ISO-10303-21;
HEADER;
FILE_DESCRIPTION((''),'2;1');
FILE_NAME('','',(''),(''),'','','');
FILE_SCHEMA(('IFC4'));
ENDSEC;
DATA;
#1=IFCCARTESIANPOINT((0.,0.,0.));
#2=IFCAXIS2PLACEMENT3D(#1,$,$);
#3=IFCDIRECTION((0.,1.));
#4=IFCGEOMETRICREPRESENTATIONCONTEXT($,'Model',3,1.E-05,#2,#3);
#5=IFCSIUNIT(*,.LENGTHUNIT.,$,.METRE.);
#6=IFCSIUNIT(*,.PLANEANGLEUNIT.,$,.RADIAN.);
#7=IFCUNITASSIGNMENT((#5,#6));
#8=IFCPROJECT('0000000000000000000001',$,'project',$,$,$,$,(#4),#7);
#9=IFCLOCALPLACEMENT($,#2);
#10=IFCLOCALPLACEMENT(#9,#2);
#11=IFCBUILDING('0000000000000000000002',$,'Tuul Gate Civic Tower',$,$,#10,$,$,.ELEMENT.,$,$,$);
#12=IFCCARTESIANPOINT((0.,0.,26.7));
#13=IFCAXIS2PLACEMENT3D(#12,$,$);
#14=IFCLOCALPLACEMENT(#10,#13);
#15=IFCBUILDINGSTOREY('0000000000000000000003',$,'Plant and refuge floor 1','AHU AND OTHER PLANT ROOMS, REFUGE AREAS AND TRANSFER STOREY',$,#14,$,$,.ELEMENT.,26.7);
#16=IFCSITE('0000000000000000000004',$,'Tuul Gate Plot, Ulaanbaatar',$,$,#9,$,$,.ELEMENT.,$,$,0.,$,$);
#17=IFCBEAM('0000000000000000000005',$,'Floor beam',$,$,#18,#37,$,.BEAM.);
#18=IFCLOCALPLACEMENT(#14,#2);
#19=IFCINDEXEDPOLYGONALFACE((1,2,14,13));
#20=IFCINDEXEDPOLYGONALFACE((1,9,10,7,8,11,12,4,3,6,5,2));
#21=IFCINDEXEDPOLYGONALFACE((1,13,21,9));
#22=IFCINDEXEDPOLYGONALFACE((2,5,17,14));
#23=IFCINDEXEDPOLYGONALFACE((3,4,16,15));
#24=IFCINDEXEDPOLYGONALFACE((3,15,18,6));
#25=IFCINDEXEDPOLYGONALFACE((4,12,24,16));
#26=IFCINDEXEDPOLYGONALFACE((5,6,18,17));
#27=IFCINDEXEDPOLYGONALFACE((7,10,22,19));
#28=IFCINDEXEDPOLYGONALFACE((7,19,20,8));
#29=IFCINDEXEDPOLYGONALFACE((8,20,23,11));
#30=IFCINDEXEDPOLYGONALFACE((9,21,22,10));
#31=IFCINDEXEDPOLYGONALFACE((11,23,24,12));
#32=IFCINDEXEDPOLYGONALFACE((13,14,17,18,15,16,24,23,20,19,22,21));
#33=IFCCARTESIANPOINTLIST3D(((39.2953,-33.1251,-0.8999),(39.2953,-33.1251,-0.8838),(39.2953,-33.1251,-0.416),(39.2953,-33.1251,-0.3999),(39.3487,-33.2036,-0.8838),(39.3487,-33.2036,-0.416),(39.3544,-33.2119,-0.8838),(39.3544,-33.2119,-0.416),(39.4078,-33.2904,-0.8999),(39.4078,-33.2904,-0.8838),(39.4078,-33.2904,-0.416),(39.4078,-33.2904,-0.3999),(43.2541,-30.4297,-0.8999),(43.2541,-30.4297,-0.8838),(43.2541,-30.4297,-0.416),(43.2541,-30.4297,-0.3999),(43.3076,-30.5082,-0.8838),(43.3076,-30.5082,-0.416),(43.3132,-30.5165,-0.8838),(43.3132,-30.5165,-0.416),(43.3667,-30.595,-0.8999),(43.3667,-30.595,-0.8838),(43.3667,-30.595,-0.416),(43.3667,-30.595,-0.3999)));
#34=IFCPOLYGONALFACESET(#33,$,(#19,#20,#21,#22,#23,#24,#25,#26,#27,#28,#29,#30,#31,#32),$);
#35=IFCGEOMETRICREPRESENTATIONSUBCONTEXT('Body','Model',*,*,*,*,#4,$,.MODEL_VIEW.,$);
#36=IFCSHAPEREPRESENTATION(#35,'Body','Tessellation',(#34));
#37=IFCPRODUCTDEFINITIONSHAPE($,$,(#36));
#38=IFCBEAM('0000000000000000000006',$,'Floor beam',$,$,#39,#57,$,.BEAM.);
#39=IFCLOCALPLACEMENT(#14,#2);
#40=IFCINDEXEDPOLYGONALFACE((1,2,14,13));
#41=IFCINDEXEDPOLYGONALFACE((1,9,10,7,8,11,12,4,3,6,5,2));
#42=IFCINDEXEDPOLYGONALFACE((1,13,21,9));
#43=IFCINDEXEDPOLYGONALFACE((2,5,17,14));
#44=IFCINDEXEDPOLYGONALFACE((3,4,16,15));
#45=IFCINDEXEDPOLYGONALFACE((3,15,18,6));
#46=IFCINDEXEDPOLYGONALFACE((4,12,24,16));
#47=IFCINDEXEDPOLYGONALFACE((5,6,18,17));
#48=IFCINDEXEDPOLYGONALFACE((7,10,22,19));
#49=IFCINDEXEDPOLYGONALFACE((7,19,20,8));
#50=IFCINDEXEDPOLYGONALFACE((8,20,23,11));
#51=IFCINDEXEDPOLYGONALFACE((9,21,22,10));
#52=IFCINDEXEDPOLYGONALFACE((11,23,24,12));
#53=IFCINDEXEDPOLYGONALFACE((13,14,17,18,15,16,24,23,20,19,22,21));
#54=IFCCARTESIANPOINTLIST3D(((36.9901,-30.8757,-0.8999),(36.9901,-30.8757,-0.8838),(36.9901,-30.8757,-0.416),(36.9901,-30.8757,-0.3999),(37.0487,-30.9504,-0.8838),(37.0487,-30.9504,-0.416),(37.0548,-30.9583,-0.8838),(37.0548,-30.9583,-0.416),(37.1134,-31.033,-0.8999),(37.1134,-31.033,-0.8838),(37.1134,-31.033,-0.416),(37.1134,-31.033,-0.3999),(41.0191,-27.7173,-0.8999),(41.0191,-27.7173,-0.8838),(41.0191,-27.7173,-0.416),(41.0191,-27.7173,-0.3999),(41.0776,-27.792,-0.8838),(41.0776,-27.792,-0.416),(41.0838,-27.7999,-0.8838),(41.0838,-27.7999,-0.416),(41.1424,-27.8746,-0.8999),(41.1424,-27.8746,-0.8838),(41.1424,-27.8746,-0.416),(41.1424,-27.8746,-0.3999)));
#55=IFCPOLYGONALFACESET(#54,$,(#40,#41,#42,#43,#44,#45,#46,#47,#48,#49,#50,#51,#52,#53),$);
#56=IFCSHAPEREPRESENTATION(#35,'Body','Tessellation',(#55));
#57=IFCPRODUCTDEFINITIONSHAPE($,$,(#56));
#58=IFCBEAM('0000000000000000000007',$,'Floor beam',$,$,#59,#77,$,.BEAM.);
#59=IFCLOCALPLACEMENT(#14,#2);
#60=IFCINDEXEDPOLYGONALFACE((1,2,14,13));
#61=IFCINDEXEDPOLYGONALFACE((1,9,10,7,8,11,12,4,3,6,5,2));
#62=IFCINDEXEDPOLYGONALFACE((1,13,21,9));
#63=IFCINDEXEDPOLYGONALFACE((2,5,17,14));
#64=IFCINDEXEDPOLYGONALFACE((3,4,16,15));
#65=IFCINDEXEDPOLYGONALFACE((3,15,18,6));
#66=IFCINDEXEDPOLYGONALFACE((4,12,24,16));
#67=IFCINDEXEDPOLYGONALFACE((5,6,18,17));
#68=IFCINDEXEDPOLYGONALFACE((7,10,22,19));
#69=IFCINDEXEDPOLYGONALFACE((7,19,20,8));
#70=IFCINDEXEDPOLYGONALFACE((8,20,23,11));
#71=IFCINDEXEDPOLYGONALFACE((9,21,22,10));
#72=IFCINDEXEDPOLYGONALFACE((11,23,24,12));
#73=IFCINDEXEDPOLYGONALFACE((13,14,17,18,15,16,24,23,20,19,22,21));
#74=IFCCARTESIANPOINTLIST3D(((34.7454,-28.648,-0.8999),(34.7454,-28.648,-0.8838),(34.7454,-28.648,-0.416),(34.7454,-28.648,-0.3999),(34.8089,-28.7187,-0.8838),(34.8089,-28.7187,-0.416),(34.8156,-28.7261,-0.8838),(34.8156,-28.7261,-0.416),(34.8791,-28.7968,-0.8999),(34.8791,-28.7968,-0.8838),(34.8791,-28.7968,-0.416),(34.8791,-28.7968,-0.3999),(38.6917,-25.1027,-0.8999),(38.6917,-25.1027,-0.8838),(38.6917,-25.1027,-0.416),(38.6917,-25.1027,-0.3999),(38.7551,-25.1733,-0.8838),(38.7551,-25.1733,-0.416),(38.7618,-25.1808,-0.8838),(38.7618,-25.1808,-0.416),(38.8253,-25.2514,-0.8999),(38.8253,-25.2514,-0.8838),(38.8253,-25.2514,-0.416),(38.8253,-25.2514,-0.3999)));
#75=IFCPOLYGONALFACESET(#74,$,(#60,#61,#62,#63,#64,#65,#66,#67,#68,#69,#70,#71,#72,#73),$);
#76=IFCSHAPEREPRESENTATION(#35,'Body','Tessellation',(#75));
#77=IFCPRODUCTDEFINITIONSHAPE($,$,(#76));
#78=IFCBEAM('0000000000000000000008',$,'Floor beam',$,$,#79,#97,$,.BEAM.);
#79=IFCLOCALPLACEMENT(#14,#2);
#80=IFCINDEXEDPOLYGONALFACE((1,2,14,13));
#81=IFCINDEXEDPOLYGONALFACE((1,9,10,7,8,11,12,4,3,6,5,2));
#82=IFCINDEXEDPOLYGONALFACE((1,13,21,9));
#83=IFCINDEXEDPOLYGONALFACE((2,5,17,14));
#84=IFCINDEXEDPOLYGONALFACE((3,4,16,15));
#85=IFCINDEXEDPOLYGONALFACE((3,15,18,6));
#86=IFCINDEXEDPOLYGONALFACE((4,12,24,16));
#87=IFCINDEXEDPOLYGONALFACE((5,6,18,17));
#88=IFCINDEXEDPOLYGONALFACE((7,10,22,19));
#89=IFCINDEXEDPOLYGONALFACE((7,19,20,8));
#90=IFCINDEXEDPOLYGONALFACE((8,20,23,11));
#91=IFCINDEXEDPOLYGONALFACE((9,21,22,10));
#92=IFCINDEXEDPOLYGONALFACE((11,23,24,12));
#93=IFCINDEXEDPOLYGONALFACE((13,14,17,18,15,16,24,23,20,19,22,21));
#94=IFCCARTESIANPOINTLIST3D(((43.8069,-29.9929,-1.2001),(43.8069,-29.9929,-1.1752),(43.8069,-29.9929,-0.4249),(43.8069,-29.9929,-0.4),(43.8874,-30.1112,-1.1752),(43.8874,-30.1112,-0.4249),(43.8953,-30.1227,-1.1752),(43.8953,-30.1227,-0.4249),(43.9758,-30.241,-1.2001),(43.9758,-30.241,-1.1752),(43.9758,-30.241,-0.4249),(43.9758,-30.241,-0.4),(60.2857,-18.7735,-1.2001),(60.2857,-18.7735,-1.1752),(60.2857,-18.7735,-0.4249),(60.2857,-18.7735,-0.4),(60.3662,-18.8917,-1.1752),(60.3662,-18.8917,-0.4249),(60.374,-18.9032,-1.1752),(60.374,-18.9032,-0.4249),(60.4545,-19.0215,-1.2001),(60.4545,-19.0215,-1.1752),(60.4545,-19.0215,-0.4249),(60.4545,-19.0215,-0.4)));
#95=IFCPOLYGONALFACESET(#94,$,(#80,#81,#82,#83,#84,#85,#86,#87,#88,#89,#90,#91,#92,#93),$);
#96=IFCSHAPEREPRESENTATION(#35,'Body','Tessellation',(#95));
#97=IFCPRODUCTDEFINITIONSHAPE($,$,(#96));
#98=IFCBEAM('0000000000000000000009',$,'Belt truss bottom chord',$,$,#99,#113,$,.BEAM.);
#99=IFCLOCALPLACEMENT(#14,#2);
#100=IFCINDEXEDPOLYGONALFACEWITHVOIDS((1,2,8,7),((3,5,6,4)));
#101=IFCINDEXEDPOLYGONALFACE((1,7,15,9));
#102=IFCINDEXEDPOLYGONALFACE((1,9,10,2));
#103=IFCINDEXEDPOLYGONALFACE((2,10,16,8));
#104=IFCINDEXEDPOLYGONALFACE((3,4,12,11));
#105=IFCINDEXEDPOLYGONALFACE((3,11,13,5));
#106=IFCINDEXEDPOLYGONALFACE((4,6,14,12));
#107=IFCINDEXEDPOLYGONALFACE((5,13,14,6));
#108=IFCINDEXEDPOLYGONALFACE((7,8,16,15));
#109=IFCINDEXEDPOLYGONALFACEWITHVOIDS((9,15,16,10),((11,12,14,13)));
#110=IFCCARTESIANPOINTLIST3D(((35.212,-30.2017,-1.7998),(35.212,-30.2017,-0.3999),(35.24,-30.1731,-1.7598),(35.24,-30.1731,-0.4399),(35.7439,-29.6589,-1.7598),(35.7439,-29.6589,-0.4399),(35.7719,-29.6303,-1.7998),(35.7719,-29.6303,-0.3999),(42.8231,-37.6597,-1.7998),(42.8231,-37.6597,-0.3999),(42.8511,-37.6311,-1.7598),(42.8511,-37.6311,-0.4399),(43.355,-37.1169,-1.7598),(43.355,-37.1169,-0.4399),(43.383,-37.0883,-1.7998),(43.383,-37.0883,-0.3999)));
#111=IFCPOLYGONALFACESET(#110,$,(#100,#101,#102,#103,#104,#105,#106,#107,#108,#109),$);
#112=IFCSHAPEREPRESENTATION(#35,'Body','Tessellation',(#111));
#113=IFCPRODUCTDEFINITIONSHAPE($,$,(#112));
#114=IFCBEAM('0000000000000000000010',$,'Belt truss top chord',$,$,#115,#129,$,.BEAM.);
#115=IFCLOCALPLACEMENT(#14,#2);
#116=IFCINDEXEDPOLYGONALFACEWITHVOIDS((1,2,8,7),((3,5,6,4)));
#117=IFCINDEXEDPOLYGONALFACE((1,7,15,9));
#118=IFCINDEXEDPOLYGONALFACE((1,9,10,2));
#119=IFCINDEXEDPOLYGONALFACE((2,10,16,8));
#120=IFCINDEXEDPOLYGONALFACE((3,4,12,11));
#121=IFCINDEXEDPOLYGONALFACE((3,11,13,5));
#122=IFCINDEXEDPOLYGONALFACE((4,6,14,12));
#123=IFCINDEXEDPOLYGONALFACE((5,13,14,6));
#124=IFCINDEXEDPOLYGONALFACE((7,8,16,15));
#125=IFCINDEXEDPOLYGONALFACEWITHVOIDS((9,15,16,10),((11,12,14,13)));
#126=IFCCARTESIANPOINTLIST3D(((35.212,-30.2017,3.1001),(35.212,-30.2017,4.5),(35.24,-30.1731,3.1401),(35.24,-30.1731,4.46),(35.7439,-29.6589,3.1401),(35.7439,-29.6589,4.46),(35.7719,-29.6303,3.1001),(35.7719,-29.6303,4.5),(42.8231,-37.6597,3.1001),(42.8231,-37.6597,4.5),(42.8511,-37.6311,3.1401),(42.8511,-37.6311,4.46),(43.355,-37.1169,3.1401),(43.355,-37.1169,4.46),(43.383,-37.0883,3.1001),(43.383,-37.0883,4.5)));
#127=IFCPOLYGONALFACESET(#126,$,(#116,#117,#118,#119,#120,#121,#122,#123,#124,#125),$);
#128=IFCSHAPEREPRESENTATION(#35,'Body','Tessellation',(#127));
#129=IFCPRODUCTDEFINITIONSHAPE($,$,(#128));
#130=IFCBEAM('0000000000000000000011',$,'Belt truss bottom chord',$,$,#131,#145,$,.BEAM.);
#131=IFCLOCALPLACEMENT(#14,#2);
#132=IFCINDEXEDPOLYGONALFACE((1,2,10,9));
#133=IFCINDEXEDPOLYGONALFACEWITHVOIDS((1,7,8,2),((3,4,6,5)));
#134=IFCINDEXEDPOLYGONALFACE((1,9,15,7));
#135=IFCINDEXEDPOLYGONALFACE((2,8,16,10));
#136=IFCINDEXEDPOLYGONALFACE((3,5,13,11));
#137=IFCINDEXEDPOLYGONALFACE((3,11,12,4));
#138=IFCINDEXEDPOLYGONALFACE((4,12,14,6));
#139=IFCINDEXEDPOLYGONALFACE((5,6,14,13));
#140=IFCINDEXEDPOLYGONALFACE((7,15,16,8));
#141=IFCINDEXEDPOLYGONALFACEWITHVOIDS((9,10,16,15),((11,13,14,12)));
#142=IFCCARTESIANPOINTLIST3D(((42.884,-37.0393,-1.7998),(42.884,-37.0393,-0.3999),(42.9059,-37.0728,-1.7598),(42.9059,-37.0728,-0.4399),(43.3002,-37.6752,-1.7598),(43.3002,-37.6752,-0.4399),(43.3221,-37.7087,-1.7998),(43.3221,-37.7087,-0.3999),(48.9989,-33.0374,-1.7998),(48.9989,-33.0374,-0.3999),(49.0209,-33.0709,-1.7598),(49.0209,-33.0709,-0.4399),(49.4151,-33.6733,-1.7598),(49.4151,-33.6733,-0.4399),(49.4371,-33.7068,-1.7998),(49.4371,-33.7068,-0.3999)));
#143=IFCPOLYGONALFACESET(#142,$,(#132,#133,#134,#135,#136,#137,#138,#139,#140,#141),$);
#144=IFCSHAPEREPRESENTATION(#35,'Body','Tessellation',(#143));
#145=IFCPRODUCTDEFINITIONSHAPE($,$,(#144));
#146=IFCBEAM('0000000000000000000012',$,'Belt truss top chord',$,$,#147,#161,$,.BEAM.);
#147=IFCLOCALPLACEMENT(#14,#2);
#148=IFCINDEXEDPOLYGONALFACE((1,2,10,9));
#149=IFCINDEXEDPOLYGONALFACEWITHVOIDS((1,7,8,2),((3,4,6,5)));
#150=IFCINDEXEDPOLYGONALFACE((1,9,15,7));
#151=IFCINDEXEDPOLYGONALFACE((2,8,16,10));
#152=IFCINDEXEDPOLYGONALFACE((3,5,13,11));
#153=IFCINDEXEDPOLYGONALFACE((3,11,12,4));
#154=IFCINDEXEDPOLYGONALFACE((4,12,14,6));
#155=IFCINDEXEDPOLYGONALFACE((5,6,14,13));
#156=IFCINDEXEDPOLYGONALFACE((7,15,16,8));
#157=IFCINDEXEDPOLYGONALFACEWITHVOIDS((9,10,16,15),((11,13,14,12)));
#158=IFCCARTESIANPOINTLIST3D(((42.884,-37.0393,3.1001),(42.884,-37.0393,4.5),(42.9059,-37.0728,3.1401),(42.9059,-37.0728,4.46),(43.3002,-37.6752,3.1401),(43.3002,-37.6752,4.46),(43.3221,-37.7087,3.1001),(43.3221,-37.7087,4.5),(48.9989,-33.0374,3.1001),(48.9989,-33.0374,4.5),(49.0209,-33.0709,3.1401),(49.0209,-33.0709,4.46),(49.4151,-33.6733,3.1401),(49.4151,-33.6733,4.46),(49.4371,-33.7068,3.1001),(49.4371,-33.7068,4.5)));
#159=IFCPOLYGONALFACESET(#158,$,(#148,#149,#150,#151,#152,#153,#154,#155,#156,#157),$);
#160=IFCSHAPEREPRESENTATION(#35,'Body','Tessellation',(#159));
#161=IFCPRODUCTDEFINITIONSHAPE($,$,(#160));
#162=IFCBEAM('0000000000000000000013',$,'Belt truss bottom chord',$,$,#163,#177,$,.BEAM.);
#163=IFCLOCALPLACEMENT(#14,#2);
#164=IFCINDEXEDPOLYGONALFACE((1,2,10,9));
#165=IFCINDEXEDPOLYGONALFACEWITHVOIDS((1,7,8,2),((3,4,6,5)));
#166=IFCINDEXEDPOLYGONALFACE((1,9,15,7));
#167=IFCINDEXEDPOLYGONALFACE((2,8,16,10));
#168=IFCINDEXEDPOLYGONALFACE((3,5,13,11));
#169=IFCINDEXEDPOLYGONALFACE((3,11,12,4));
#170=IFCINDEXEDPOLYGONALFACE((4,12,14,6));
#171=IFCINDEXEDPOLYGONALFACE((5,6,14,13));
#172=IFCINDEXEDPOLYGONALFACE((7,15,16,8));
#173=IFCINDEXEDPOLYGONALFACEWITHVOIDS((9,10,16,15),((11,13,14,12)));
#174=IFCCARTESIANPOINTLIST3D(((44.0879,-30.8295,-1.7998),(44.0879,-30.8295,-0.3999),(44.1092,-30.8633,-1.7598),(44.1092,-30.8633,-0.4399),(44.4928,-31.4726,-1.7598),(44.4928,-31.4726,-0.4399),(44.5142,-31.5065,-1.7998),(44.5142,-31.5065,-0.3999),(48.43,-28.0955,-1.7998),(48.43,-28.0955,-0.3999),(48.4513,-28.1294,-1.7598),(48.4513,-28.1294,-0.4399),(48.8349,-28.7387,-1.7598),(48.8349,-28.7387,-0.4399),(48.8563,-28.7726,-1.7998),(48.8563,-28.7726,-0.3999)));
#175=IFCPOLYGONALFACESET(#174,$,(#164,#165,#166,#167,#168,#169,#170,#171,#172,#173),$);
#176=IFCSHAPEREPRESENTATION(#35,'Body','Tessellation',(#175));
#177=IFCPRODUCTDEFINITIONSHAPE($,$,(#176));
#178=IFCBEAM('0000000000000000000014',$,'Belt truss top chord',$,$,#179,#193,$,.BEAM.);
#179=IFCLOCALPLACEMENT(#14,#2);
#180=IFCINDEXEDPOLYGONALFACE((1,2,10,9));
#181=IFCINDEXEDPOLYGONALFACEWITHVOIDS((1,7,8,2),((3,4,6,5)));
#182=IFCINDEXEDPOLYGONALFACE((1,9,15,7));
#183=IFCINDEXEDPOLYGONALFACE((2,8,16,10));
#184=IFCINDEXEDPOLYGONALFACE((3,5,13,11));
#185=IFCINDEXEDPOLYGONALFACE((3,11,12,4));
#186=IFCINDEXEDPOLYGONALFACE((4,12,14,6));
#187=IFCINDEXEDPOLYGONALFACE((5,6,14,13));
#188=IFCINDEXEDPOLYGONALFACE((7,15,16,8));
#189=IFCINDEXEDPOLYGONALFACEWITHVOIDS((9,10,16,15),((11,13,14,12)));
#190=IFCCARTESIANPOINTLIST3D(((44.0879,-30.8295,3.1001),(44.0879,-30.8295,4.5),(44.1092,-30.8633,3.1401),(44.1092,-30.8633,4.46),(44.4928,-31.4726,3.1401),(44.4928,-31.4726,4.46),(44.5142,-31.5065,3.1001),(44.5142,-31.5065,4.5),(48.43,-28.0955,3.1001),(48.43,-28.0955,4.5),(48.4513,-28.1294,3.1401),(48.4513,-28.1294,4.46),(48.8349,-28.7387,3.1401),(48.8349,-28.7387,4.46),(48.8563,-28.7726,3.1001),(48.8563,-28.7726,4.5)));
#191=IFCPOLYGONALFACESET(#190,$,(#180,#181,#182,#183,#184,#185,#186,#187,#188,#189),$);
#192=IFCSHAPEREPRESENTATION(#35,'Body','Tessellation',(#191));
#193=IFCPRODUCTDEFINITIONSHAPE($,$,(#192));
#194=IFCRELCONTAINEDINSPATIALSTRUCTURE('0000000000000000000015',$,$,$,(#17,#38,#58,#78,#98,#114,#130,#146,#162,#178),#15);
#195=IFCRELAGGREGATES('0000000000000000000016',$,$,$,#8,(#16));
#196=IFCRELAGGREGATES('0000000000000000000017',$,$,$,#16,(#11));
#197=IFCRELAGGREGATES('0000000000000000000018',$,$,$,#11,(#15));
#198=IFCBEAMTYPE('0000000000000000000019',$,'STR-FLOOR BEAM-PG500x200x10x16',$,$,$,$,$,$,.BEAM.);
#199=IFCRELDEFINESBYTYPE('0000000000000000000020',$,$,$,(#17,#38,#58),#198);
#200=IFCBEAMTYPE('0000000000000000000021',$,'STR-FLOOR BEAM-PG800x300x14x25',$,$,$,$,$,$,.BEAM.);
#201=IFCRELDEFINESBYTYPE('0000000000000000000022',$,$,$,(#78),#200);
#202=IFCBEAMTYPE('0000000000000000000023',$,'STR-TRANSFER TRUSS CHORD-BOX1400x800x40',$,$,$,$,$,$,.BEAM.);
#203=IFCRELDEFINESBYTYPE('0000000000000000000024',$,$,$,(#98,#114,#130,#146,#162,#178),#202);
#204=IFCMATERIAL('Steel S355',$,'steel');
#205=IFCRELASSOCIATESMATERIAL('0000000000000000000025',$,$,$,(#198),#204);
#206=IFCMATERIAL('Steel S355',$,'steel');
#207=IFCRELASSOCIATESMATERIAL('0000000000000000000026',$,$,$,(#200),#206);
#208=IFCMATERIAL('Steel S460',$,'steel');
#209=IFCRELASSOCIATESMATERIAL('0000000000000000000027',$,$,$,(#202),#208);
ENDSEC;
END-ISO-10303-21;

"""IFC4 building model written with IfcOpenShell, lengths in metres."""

from ifc_helpers import new_model, si_unit, direction, frame, origin, origin_2d, place, context, subcontext, project, spatial, hollow_rectangle, i_section, extrude, material, material_profile, profile_set, type_object, element, save


model = new_model("IFC4")

# Units and contexts
model_context = context("Model", 3, precision=1e-05, world=origin(), true_north=direction((0.0, 1.0)))
body_context = subcontext(model_context, "Body", "Model", "MODEL_VIEW")
ifc_project = project(units=[si_unit("LENGTHUNIT", "METRE"), si_unit("PLANEANGLEUNIT", "RADIAN")], contexts=[model_context])

# Site, building, storey
site_placement = place(None, origin())
site = spatial("IfcSite", under=ifc_project, at=site_placement, Name="Tuul Gate Plot, Ulaanbaatar", CompositionType="ELEMENT", RefElevation=0.0)
building_placement = place(site_placement, origin())
building = spatial("IfcBuilding", under=site, at=building_placement, Name="Tuul Gate Civic Tower", CompositionType="ELEMENT")
storey_placement = place(building_placement, frame((0.0, 0.0, 26.7)))
storey = spatial("IfcBuildingStorey", under=building, at=storey_placement, Name="Plant and refuge floor 1", Description="AHU AND OTHER PLANT ROOMS, REFUGE AREAS AND TRANSFER STOREY", CompositionType="ELEMENT", Elevation=26.7)

# Beams
ifc_material_1 = material(Name="Steel S355", Category="steel")
ifc_material_profile_1 = material_profile(ifc_material_1, i_section(OverallWidth=0.2, OverallDepth=0.5, WebThickness=0.01, FlangeThickness=0.0161, at=origin_2d()), Name="PG500x200x10x16")
ifc_profile_set_1 = profile_set([ifc_material_profile_1], Name="Steel S355")
beam_type_1 = type_object("IfcBeamType", Name="STR-FLOOR BEAM-PG500x200x10x16", PredefinedType="BEAM", material=ifc_profile_set_1)
beam_1_placement = place(storey_placement, frame((39.3516, -33.2078, -0.6499), z_axis=(0.826599, 0.562791, 0.0), x_axis=(-0.562791, 0.826599, 0.0)))
element("IfcBeam", 1, at=beam_1_placement, inside=storey, type_object=beam_type_1, Name="Floor beam", PredefinedType="BEAM", context=body_context, shape_type="SweptSolid", body=[
    extrude(i_section(OverallWidth=0.2, OverallDepth=0.5, WebThickness=0.01, FlangeThickness=0.0161, at=origin_2d()), origin(), (0.0, 0.0, 1.0), 4.7893),
])
beam_2_placement = place(storey_placement, frame((37.0518, -30.9543, -0.6499), z_axis=(0.787005, 0.616947, 0.0), x_axis=(-0.616947, 0.787005, 0.0)))
element("IfcBeam", 2, at=beam_2_placement, inside=storey, type_object=beam_type_1, Name="Floor beam", PredefinedType="BEAM", context=body_context, shape_type="SweptSolid", body=[
    extrude(i_section(OverallWidth=0.2, OverallDepth=0.5, WebThickness=0.01, FlangeThickness=0.0161, at=origin_2d()), origin(), (0.0, 0.0, 1.0), 5.1194),
])
beam_3_placement = place(storey_placement, frame((34.8123, -28.7224, -0.6499), z_axis=(0.74388, 0.668314, 0.0), x_axis=(-0.668314, 0.74388, 0.0)))
element("IfcBeam", 3, at=beam_3_placement, inside=storey, type_object=beam_type_1, Name="Floor beam", PredefinedType="BEAM", context=body_context, shape_type="SweptSolid", body=[
    extrude(i_section(OverallWidth=0.2, OverallDepth=0.5, WebThickness=0.01, FlangeThickness=0.0161, at=origin_2d()), origin(), (0.0, 0.0, 1.0), 5.3049),
])
ifc_material_2 = material(Name="Steel S355", Category="steel")
ifc_material_profile_2 = material_profile(ifc_material_2, i_section(OverallWidth=0.3, OverallDepth=0.8, WebThickness=0.0139, FlangeThickness=0.0249, at=origin_2d()), Name="PG800x300x14x25")
ifc_profile_set_2 = profile_set([ifc_material_profile_2], Name="Steel S355")
beam_type_2 = type_object("IfcBeamType", Name="STR-FLOOR BEAM-PG800x300x14x25", PredefinedType="BEAM", material=ifc_profile_set_2)
beam_4_placement = place(storey_placement, frame((43.8914, -30.1169, -0.8), z_axis=(0.826602, 0.562788, 0.0), x_axis=(-0.562788, 0.826602, 0.0)))
element("IfcBeam", 4, at=beam_4_placement, inside=storey, type_object=beam_type_2, Name="Floor beam", PredefinedType="BEAM", context=body_context, shape_type="SweptSolid", body=[
    extrude(i_section(OverallWidth=0.3, OverallDepth=0.8, WebThickness=0.0139, FlangeThickness=0.0249, at=origin_2d()), origin(), (0.0, 0.0, 1.0), 19.9355),
])
ifc_material_3 = material(Name="Steel S460", Category="steel")
ifc_material_profile_3 = material_profile(ifc_material_3, hollow_rectangle(XDim=0.8, YDim=1.3999, WallThickness=0.04, at=origin_2d()), Name="BOX1400x800x40")
ifc_profile_set_3 = profile_set([ifc_material_profile_3], Name="Steel S460")
beam_type_3 = type_object("IfcBeamType", Name="STR-TRANSFER TRUSS CHORD-BOX1400x800x40", PredefinedType="BEAM", material=ifc_profile_set_3)
for number, where, z_axis, x_axis, name in (
    (5, (35.4919, -29.916, -1.0999), (0.714253, -0.699888, 0.0), (0.699888, 0.714253, 0.0), "Belt truss bottom chord"),
    (6, (35.4919, -29.916, 3.8), (0.714253, -0.699888, 0.0), (0.699888, 0.714253, 0.0), "Belt truss top chord"),
):
    element("IfcBeam", number, at=place(storey_placement, frame(where, z_axis=z_axis, x_axis=x_axis)), inside=storey, type_object=beam_type_3, Name=name, PredefinedType="BEAM", context=body_context, shape_type="SweptSolid", body=[
        extrude(hollow_rectangle(XDim=0.8, YDim=1.3999, WallThickness=0.04, at=origin_2d()), origin(), (0.0, 0.0, 1.0), 10.656),
    ])
for number, where, z_axis, x_axis, name in (
    (7, (43.103, -37.374, -1.0999), (0.836738, 0.547603, 0.0), (-0.547603, 0.836738, 0.0), "Belt truss bottom chord"),
    (8, (43.103, -37.374, 3.8), (0.836738, 0.547603, 0.0), (-0.547603, 0.836738, 0.0), "Belt truss top chord"),
):
    element("IfcBeam", number, at=place(storey_placement, frame(where, z_axis=z_axis, x_axis=x_axis)), inside=storey, type_object=beam_type_3, Name=name, PredefinedType="BEAM", context=body_context, shape_type="SweptSolid", body=[
        extrude(hollow_rectangle(XDim=0.8, YDim=1.3999, WallThickness=0.04, at=origin_2d()), origin(), (0.0, 0.0, 1.0), 7.3081),
    ])
for number, where, z_axis, x_axis, name in (
    (9, (44.301, -31.168, -1.0999), (0.846232, 0.532815, 0.0), (-0.532815, 0.846232, 0.0), "Belt truss bottom chord"),
    (10, (44.301, -31.168, 3.8), (0.846232, 0.532815, 0.0), (-0.532815, 0.846232, 0.0), "Belt truss top chord"),
):
    element("IfcBeam", number, at=place(storey_placement, frame(where, z_axis=z_axis, x_axis=x_axis)), inside=storey, type_object=beam_type_3, Name=name, PredefinedType="BEAM", context=body_context, shape_type="SweptSolid", body=[
        extrude(hollow_rectangle(XDim=0.8, YDim=1.3999, WallThickness=0.04, at=origin_2d()), origin(), (0.0, 0.0, 1.0), 5.1311),
    ])

save(model, "model.ifc")
